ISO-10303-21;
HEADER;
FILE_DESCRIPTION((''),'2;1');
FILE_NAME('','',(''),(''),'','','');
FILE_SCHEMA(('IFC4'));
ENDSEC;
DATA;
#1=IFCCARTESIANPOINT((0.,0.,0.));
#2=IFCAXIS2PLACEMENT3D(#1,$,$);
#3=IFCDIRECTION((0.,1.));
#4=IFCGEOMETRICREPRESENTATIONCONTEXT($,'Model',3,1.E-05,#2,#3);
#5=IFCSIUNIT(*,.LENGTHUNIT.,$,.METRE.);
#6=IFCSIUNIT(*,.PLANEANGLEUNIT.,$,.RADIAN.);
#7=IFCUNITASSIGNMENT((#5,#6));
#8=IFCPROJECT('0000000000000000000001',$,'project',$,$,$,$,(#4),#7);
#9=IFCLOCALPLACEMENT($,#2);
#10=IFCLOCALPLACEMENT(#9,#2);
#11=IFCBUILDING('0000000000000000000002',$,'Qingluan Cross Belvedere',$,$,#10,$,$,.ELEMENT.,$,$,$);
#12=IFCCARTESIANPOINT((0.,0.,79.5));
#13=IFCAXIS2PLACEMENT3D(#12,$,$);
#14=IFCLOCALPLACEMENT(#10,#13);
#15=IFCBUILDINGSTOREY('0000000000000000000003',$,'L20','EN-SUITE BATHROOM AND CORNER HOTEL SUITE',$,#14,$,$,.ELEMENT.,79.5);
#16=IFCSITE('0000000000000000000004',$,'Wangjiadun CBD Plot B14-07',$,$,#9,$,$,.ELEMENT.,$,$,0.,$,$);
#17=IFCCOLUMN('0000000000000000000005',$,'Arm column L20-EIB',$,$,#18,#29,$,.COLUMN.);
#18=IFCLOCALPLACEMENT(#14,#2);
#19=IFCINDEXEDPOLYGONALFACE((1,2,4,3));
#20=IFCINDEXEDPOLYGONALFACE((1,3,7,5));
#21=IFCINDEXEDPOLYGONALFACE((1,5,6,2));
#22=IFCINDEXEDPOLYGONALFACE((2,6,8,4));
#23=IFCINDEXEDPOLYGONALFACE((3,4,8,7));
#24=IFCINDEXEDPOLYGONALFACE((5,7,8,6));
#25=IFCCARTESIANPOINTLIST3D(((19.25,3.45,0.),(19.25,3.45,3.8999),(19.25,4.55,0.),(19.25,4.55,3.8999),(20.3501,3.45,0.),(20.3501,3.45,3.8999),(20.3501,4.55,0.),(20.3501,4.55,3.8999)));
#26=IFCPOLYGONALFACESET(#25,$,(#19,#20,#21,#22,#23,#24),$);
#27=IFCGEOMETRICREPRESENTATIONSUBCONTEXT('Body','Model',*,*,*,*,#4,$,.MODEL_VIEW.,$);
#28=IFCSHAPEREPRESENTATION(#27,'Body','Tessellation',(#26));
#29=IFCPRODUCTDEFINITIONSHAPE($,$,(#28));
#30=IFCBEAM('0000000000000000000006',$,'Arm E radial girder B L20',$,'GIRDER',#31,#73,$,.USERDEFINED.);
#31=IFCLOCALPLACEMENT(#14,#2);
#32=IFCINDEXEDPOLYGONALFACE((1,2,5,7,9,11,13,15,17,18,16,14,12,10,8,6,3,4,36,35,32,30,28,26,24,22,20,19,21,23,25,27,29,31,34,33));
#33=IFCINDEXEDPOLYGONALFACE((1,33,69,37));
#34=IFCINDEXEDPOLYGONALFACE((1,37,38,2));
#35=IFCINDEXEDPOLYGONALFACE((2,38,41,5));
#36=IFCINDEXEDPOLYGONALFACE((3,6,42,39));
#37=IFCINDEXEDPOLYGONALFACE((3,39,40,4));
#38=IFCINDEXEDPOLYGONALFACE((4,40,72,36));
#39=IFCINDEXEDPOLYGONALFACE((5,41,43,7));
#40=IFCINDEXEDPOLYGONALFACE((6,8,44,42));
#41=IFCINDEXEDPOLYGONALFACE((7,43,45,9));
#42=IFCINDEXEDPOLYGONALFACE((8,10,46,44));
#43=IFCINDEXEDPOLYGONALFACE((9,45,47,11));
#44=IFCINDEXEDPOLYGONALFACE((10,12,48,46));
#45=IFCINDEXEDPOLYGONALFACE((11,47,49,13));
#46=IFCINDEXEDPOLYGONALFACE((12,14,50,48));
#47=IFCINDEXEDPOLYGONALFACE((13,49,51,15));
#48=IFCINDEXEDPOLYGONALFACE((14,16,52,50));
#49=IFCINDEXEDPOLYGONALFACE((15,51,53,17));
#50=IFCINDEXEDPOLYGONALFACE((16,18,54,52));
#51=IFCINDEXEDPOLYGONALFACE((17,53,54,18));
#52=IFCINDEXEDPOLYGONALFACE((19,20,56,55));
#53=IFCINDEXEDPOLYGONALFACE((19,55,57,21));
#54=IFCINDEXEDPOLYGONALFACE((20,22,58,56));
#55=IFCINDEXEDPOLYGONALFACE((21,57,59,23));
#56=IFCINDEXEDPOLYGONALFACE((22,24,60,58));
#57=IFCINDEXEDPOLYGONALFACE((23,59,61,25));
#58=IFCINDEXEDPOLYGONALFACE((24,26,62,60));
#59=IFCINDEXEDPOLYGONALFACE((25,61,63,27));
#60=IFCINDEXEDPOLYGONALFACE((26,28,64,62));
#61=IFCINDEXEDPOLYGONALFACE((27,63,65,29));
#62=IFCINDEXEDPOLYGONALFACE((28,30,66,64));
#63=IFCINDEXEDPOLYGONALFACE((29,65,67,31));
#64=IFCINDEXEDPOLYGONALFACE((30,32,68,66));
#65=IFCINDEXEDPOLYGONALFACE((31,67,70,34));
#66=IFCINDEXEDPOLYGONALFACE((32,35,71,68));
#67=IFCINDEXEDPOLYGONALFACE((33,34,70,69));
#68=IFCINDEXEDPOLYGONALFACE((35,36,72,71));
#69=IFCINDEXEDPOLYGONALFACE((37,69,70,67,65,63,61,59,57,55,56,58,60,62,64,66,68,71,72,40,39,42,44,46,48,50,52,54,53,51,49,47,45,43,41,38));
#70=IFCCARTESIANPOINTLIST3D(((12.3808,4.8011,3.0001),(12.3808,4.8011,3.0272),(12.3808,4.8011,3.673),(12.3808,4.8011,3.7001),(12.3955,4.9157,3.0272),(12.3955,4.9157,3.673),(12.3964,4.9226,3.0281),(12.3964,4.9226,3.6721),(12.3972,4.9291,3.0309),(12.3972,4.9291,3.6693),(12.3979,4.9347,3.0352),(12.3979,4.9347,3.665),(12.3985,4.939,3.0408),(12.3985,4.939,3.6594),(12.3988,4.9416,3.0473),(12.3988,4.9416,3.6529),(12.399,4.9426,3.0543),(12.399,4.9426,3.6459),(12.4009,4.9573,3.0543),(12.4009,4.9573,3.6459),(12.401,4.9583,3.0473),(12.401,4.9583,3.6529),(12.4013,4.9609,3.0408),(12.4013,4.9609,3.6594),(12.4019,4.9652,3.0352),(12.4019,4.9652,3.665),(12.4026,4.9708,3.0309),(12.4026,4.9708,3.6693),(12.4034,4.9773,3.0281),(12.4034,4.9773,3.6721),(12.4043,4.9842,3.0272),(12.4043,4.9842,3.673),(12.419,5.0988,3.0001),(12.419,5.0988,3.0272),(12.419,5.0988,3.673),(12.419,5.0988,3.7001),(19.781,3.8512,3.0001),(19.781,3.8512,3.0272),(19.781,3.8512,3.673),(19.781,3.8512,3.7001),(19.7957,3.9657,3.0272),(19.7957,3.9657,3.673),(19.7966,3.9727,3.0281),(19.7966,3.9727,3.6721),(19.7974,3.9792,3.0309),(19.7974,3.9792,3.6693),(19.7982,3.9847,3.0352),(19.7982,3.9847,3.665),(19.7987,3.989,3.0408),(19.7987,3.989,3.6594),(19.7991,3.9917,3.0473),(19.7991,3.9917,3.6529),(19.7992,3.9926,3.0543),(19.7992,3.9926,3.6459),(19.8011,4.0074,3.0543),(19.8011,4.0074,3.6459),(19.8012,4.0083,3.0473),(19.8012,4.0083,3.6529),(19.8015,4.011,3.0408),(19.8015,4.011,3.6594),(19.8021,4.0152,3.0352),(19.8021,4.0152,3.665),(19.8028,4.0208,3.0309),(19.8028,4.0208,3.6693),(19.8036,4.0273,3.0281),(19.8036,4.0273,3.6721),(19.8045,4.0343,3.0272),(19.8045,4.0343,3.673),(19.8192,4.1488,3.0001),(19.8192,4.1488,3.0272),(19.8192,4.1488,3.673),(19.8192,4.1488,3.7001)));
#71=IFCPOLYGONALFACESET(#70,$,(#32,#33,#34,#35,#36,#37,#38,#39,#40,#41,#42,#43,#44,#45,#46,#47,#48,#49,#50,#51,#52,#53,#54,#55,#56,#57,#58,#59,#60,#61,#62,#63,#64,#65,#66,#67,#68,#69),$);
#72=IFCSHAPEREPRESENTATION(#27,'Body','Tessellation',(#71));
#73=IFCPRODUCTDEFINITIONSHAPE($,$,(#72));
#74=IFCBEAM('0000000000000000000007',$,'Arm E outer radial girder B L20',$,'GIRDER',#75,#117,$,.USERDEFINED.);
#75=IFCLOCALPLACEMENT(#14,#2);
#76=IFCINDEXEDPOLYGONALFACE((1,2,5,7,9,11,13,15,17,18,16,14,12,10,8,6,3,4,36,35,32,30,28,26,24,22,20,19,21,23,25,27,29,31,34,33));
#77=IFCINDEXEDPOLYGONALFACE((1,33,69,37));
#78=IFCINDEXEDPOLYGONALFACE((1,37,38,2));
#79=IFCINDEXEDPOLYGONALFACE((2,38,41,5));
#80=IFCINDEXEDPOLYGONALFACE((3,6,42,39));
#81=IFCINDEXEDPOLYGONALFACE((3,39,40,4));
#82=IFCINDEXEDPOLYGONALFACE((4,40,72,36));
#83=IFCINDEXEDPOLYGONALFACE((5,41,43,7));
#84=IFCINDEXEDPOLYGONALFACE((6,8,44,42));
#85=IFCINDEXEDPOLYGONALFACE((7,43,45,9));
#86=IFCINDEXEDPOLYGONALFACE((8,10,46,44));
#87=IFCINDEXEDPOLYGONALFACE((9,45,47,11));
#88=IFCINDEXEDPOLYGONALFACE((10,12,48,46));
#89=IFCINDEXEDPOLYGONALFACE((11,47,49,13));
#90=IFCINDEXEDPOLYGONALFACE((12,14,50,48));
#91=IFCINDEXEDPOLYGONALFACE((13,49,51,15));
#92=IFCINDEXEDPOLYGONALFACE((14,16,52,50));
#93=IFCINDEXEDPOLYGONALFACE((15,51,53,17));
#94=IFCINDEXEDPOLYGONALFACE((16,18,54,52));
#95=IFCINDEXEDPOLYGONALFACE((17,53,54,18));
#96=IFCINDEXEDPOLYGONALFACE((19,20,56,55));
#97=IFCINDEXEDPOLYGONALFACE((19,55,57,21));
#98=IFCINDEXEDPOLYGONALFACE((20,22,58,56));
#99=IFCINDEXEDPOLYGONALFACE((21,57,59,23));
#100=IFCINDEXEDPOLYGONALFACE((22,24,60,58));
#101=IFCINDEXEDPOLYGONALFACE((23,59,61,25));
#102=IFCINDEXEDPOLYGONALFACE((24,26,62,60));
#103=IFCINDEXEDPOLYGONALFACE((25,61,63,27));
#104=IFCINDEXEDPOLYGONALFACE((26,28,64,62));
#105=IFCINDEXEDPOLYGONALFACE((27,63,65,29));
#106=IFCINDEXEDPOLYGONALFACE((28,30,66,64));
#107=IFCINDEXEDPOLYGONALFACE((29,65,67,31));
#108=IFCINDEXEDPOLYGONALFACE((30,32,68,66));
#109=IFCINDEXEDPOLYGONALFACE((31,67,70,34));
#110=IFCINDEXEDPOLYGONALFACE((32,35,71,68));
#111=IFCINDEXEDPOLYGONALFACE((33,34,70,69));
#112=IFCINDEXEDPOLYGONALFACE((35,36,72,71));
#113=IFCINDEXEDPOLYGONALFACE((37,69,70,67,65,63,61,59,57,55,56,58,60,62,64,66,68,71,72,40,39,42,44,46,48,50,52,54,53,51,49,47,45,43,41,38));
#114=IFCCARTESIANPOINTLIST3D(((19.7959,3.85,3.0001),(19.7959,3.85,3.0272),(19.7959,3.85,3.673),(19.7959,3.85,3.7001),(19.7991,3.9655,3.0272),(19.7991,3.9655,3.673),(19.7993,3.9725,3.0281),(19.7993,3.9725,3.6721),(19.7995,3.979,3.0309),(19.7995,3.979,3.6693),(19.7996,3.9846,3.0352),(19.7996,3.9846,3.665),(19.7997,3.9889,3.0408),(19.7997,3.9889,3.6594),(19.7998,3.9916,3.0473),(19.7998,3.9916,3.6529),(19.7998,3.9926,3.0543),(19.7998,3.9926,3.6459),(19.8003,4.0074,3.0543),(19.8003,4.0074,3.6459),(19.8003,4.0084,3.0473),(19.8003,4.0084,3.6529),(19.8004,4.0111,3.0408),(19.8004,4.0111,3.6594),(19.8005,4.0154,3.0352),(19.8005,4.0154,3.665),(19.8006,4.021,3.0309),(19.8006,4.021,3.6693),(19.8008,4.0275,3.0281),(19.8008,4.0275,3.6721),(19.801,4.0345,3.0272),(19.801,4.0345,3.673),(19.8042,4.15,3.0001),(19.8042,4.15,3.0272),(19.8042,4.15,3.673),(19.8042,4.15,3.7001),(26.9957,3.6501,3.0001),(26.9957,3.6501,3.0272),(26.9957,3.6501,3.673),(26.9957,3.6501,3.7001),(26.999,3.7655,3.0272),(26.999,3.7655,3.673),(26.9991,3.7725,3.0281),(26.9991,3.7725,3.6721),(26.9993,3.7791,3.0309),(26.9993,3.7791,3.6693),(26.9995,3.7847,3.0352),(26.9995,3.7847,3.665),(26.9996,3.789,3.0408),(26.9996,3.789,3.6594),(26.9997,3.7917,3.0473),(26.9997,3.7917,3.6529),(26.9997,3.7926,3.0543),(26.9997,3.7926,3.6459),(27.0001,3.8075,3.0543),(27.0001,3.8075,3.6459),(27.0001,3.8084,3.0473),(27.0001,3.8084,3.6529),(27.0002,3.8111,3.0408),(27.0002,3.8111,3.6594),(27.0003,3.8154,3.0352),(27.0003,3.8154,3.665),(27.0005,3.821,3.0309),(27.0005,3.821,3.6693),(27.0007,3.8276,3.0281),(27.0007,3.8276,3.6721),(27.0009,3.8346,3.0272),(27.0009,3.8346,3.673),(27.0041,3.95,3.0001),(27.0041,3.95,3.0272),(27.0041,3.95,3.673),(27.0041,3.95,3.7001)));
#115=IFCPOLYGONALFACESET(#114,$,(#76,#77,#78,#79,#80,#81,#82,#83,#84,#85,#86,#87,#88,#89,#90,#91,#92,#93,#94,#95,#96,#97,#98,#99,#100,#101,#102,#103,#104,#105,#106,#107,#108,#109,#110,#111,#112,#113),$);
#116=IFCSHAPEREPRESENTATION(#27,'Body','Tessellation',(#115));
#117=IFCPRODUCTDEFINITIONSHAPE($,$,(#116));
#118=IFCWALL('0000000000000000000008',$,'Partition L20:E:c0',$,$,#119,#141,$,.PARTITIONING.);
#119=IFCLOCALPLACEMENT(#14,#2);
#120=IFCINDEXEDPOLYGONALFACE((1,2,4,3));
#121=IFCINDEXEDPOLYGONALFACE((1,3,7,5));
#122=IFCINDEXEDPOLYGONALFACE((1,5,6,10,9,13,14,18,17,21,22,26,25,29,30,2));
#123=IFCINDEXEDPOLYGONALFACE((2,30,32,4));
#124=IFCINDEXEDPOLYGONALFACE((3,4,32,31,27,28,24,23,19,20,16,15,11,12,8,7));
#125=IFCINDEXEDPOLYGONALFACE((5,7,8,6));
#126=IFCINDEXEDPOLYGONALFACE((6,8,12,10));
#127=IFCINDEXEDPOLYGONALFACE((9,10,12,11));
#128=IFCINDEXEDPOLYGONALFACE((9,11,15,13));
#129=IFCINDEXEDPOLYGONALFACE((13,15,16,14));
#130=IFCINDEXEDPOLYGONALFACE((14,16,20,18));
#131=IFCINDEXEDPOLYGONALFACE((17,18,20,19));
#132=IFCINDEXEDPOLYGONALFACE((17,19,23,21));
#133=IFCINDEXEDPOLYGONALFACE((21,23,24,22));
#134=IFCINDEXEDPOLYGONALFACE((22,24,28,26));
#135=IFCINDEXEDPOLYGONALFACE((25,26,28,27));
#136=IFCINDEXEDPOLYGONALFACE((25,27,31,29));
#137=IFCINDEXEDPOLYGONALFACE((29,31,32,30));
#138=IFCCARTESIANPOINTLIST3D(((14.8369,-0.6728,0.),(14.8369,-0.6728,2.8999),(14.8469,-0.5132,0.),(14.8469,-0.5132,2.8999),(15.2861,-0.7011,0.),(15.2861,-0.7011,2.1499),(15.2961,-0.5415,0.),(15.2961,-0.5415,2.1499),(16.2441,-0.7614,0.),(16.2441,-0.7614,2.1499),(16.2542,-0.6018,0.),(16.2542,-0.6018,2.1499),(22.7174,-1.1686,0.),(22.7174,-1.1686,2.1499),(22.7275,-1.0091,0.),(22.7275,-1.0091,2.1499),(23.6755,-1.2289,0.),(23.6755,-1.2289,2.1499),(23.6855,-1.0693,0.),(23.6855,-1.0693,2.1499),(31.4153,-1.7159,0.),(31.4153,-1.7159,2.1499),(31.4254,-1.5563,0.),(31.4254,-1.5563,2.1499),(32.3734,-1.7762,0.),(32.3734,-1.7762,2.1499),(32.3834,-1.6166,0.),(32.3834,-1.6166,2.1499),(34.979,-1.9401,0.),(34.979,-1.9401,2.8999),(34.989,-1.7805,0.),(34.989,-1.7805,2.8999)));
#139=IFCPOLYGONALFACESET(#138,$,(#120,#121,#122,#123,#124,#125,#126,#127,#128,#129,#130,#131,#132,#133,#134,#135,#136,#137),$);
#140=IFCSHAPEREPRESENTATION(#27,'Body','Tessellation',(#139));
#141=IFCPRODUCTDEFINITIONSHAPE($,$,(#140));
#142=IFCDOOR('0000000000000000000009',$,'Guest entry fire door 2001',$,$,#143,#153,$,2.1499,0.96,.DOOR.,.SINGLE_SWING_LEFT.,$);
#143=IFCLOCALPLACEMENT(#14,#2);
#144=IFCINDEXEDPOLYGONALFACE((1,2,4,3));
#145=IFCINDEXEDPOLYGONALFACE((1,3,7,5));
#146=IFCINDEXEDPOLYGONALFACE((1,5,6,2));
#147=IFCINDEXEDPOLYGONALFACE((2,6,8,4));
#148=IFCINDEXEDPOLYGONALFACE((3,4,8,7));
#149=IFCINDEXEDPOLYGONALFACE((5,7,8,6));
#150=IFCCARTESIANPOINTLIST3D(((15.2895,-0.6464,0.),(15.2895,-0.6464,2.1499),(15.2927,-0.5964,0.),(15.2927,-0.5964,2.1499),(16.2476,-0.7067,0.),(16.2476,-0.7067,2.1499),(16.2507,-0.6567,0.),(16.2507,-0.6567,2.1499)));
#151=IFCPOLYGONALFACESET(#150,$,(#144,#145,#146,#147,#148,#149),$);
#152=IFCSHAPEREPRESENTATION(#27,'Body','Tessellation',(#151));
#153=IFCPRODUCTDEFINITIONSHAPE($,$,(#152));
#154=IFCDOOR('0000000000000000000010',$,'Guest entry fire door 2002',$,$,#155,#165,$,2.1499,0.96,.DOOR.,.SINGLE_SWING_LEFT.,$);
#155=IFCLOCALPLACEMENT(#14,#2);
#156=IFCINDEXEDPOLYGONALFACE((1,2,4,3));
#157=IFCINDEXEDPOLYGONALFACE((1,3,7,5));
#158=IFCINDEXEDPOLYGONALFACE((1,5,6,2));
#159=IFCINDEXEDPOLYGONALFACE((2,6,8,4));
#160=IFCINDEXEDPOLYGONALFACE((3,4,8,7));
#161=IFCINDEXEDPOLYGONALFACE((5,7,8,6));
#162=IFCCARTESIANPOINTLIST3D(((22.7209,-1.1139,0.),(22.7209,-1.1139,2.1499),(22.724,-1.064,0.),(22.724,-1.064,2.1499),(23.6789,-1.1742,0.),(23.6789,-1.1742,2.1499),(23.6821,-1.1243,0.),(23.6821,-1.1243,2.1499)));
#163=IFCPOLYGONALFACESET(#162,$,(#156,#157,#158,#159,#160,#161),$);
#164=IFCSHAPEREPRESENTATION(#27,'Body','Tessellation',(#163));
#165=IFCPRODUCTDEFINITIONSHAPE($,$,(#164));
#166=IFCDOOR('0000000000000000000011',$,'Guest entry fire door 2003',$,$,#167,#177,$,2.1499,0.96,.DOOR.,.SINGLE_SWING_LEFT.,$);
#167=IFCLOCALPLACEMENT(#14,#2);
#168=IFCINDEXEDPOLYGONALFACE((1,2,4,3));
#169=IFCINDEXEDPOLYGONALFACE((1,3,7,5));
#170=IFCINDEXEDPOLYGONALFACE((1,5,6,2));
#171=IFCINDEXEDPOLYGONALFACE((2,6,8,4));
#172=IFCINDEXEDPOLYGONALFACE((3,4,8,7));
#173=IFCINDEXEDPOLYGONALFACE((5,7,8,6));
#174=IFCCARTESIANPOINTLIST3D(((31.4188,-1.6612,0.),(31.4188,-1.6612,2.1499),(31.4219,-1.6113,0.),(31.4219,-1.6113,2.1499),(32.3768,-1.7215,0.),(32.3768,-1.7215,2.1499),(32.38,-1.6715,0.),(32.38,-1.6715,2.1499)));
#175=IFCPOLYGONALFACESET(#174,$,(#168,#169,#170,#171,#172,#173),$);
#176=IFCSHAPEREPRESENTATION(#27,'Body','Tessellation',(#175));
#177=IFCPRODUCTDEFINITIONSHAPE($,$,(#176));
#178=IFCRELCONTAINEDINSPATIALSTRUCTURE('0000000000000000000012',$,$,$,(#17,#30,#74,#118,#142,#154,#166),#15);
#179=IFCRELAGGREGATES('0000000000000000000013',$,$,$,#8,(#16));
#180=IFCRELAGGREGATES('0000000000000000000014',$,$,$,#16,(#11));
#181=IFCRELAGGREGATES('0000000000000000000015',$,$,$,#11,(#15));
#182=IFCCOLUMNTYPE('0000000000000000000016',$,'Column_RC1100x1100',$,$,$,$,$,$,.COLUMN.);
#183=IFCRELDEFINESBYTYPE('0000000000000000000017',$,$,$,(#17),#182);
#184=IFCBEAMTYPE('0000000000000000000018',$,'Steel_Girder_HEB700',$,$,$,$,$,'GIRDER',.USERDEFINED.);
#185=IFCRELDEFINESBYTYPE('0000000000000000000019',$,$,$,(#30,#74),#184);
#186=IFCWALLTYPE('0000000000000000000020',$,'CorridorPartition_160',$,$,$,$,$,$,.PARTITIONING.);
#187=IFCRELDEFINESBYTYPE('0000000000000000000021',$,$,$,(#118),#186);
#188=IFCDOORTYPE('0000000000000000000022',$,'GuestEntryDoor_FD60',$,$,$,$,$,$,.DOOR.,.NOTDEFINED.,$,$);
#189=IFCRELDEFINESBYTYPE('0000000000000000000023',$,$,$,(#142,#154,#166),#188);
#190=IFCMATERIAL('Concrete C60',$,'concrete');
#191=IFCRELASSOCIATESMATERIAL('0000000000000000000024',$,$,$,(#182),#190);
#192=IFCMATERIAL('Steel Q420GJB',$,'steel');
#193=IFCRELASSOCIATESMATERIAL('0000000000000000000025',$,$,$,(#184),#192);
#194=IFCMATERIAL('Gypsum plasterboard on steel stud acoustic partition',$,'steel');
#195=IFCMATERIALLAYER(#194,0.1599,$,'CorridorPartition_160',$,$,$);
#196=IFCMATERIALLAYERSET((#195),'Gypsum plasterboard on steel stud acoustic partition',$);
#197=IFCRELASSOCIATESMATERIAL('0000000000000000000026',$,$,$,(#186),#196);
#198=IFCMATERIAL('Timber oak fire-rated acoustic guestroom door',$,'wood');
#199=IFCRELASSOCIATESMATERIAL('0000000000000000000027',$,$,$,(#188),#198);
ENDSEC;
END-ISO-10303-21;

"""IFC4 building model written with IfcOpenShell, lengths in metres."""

from ifc_helpers import new_model, si_unit, direction, frame, frame_2d, origin, origin_2d, place, context, subcontext, project, spatial, rectangle, i_section, extrude, material, layer, layer_set, material_profile, profile_set, type_object, element, fill, save


model = new_model("IFC4")

# Units and contexts
model_context = context("Model", 3, precision=1e-05, world=origin(), true_north=direction((0.0, 1.0)))
body_context = subcontext(model_context, "Body", "Model", "MODEL_VIEW")
ifc_project = project(units=[si_unit("LENGTHUNIT", "METRE"), si_unit("PLANEANGLEUNIT", "RADIAN")], contexts=[model_context])

# Site, building, storey
site_placement = place(None, origin())
site = spatial("IfcSite", under=ifc_project, at=site_placement, Name="Wangjiadun CBD Plot B14-07", CompositionType="ELEMENT", RefElevation=0.0)
building_placement = place(site_placement, origin())
building = spatial("IfcBuilding", under=site, at=building_placement, Name="Qingluan Cross Belvedere", CompositionType="ELEMENT")
storey_placement = place(building_placement, frame((0.0, 0.0, 79.5)))
storey = spatial("IfcBuildingStorey", under=building, at=storey_placement, Name="L20", Description="EN-SUITE BATHROOM AND CORNER HOTEL SUITE", CompositionType="ELEMENT", Elevation=79.5)

# Column
ifc_material_1 = material(Name="Concrete C60", Category="concrete")
ifc_material_profile_1 = material_profile(ifc_material_1, rectangle(XDim=1.1001, YDim=1.1001, at=origin_2d()), Name="RC1100x1100")
ifc_profile_set_1 = profile_set([ifc_material_profile_1], Name="Concrete C60")
column_type = type_object("IfcColumnType", Name="Column_RC1100x1100", PredefinedType="COLUMN", material=ifc_profile_set_1)
column_placement = place(storey_placement, frame((19.8, 4.0, 0.0), z_axis=(0.0, 0.0, 1.0), x_axis=(1.0, 0.0, 0.0)))
element("IfcColumn", 1, at=column_placement, inside=storey, type_object=column_type, Name="Arm column L20-EIB", PredefinedType="COLUMN", context=body_context, shape_type="SweptSolid", body=[
    extrude(rectangle(XDim=1.1001, YDim=1.1001, at=origin_2d()), origin(), (0.0, 0.0, 1.0), 3.8999),
])

# Beams
ifc_material_2 = material(Name="Steel Q420GJB", Category="steel")
ifc_material_profile_2 = material_profile(ifc_material_2, i_section(OverallWidth=0.3, OverallDepth=0.7, WebThickness=0.0149, FlangeThickness=0.0271, FilletRadius=0.0271, at=origin_2d()), Name="HEB700")
ifc_profile_set_2 = profile_set([ifc_material_profile_2], Name="Steel Q420GJB")
beam_type = type_object("IfcBeamType", Name="Steel_Girder_HEB700", ElementType="GIRDER", PredefinedType="USERDEFINED", material=ifc_profile_set_2)
beam_1_placement = place(storey_placement, frame((12.3999, 4.95, 3.3501), z_axis=(0.991861, -0.127324, 0.0), x_axis=(0.127324, 0.991861, 0.0)))
element("IfcBeam", 2, at=beam_1_placement, inside=storey, type_object=beam_type, Name="Arm E radial girder B L20", ObjectType="GIRDER", PredefinedType="USERDEFINED", context=body_context, shape_type="SweptSolid", body=[
    extrude(i_section(OverallWidth=0.3, OverallDepth=0.7, WebThickness=0.0149, FlangeThickness=0.0271, FilletRadius=0.0271, at=origin_2d()), origin(), (0.0, 0.0, 1.0), 7.4609),
])
beam_2_placement = place(storey_placement, frame((19.8, 4.0, 3.3501), z_axis=(0.999615, -0.02776, 0.0), x_axis=(0.02776, 0.999615, 0.0)))
element("IfcBeam", 3, at=beam_2_placement, inside=storey, type_object=beam_type, Name="Arm E outer radial girder B L20", ObjectType="GIRDER", PredefinedType="USERDEFINED", context=body_context, shape_type="SweptSolid", body=[
    extrude(i_section(OverallWidth=0.3, OverallDepth=0.7, WebThickness=0.0149, FlangeThickness=0.0271, FilletRadius=0.0271, at=origin_2d()), origin(), (0.0, 0.0, 1.0), 7.2026),
])

# Wall, openings, doors
ifc_material_3 = material(Name="Gypsum plasterboard on steel stud acoustic partition", Category="steel")
ifc_layer_1 = layer(ifc_material_3, 0.1599, Name="CorridorPartition_160")
ifc_layer_set_1 = layer_set([ifc_layer_1], Name="Gypsum plasterboard on steel stud acoustic partition")
wall_type_1 = type_object("IfcWallType", Name="CorridorPartition_160", PredefinedType="PARTITIONING", material=ifc_layer_set_1)
wall_1_placement = place(storey_placement, frame((14.842, -0.593, 0.0), z_axis=(0.0, 0.0, 1.0), x_axis=(0.998026, -0.062796, 0.0)))
wall_1 = element("IfcWall", 4, at=wall_1_placement, inside=storey, type_object=wall_type_1, Name="Partition L20:E:c0", PredefinedType="PARTITIONING", context=body_context, shape_type="SweptSolid", body=[
    extrude(rectangle(XDim=20.1819, YDim=0.1599, at=frame_2d((10.0908, 0.0))), origin(), (0.0, 0.0, 1.0), 2.8999),
])
opening_1_placement = place(wall_1_placement, frame((0.45, 0.0, 0.0)))
opening_1 = element("IfcOpeningElement", 5, at=opening_1_placement, cuts=wall_1, PredefinedType="OPENING", context=body_context, shape_type="SweptSolid", body=[
    extrude(rectangle(XDim=0.96, YDim=2.1499, at=frame_2d((0.48, 1.075))), frame((0.0, 0.0898, 0.0), z_axis=(0.0, -1.0, 0.0), x_axis=(1.0, 0.0, 0.0)), (0.0, 0.0, 1.0), 0.1799),
])
opening_2_placement = place(wall_1_placement, frame((7.896, 0.0, 0.0)))
opening_2 = element("IfcOpeningElement", 6, at=opening_2_placement, cuts=wall_1, PredefinedType="OPENING", context=body_context, shape_type="SweptSolid", body=[
    extrude(rectangle(XDim=0.96, YDim=2.1499, at=frame_2d((0.48, 1.075))), frame((0.0, 0.0898, 0.0), z_axis=(0.0, -1.0, 0.0), x_axis=(1.0, 0.0, 0.0)), (0.0, 0.0, 1.0), 0.1799),
])
opening_3_placement = place(wall_1_placement, frame((16.6111, 0.0, 0.0)))
opening_3 = element("IfcOpeningElement", 7, at=opening_3_placement, cuts=wall_1, PredefinedType="OPENING", context=body_context, shape_type="SweptSolid", body=[
    extrude(rectangle(XDim=0.96, YDim=2.1499, at=frame_2d((0.48, 1.075))), frame((0.0, 0.0898, 0.0), z_axis=(0.0, -1.0, 0.0), x_axis=(1.0, 0.0, 0.0)), (0.0, 0.0, 1.0), 0.1799),
])
ifc_material_4 = material(Name="Timber oak fire-rated acoustic guestroom door", Category="wood")
door_type_1 = type_object("IfcDoorType", Name="GuestEntryDoor_FD60", OperationType="NOTDEFINED", PredefinedType="DOOR", material=ifc_material_4)
door_1_placement = place(opening_1_placement, origin())
door_1 = element("IfcDoor", 8, at=door_1_placement, inside=storey, type_object=door_type_1, Name="Guest entry fire door 2001", OperationType="SINGLE_SWING_LEFT", OverallHeight=2.1499, OverallWidth=0.96, PredefinedType="DOOR", context=body_context, shape_type="SweptSolid", body=[
    extrude(rectangle(XDim=0.96, YDim=2.1499, at=frame_2d((0.48, 1.075))), frame((0.0, 0.0249, 0.0), z_axis=(0.0, -1.0, 0.0), x_axis=(1.0, 0.0, 0.0)), (0.0, 0.0, 1.0), 0.05),
])
fill(opening_1, door_1)
door_2_placement = place(opening_2_placement, origin())
door_2 = element("IfcDoor", 9, at=door_2_placement, inside=storey, type_object=door_type_1, Name="Guest entry fire door 2002", OperationType="SINGLE_SWING_LEFT", OverallHeight=2.1499, OverallWidth=0.96, PredefinedType="DOOR", context=body_context, shape_type="SweptSolid", body=[
    extrude(rectangle(XDim=0.96, YDim=2.1499, at=frame_2d((0.48, 1.075))), frame((0.0, 0.0249, 0.0), z_axis=(0.0, -1.0, 0.0), x_axis=(1.0, 0.0, 0.0)), (0.0, 0.0, 1.0), 0.05),
])
fill(opening_2, door_2)
door_3_placement = place(opening_3_placement, origin())
door_3 = element("IfcDoor", 10, at=door_3_placement, inside=storey, type_object=door_type_1, Name="Guest entry fire door 2003", OperationType="SINGLE_SWING_LEFT", OverallHeight=2.1499, OverallWidth=0.96, PredefinedType="DOOR", context=body_context, shape_type="SweptSolid", body=[
    extrude(rectangle(XDim=0.96, YDim=2.1499, at=frame_2d((0.48, 1.075))), frame((0.0, 0.0249, 0.0), z_axis=(0.0, -1.0, 0.0), x_axis=(1.0, 0.0, 0.0)), (0.0, 0.0, 1.0), 0.05),
])
fill(opening_3, door_3)

save(model, "model.ifc")
